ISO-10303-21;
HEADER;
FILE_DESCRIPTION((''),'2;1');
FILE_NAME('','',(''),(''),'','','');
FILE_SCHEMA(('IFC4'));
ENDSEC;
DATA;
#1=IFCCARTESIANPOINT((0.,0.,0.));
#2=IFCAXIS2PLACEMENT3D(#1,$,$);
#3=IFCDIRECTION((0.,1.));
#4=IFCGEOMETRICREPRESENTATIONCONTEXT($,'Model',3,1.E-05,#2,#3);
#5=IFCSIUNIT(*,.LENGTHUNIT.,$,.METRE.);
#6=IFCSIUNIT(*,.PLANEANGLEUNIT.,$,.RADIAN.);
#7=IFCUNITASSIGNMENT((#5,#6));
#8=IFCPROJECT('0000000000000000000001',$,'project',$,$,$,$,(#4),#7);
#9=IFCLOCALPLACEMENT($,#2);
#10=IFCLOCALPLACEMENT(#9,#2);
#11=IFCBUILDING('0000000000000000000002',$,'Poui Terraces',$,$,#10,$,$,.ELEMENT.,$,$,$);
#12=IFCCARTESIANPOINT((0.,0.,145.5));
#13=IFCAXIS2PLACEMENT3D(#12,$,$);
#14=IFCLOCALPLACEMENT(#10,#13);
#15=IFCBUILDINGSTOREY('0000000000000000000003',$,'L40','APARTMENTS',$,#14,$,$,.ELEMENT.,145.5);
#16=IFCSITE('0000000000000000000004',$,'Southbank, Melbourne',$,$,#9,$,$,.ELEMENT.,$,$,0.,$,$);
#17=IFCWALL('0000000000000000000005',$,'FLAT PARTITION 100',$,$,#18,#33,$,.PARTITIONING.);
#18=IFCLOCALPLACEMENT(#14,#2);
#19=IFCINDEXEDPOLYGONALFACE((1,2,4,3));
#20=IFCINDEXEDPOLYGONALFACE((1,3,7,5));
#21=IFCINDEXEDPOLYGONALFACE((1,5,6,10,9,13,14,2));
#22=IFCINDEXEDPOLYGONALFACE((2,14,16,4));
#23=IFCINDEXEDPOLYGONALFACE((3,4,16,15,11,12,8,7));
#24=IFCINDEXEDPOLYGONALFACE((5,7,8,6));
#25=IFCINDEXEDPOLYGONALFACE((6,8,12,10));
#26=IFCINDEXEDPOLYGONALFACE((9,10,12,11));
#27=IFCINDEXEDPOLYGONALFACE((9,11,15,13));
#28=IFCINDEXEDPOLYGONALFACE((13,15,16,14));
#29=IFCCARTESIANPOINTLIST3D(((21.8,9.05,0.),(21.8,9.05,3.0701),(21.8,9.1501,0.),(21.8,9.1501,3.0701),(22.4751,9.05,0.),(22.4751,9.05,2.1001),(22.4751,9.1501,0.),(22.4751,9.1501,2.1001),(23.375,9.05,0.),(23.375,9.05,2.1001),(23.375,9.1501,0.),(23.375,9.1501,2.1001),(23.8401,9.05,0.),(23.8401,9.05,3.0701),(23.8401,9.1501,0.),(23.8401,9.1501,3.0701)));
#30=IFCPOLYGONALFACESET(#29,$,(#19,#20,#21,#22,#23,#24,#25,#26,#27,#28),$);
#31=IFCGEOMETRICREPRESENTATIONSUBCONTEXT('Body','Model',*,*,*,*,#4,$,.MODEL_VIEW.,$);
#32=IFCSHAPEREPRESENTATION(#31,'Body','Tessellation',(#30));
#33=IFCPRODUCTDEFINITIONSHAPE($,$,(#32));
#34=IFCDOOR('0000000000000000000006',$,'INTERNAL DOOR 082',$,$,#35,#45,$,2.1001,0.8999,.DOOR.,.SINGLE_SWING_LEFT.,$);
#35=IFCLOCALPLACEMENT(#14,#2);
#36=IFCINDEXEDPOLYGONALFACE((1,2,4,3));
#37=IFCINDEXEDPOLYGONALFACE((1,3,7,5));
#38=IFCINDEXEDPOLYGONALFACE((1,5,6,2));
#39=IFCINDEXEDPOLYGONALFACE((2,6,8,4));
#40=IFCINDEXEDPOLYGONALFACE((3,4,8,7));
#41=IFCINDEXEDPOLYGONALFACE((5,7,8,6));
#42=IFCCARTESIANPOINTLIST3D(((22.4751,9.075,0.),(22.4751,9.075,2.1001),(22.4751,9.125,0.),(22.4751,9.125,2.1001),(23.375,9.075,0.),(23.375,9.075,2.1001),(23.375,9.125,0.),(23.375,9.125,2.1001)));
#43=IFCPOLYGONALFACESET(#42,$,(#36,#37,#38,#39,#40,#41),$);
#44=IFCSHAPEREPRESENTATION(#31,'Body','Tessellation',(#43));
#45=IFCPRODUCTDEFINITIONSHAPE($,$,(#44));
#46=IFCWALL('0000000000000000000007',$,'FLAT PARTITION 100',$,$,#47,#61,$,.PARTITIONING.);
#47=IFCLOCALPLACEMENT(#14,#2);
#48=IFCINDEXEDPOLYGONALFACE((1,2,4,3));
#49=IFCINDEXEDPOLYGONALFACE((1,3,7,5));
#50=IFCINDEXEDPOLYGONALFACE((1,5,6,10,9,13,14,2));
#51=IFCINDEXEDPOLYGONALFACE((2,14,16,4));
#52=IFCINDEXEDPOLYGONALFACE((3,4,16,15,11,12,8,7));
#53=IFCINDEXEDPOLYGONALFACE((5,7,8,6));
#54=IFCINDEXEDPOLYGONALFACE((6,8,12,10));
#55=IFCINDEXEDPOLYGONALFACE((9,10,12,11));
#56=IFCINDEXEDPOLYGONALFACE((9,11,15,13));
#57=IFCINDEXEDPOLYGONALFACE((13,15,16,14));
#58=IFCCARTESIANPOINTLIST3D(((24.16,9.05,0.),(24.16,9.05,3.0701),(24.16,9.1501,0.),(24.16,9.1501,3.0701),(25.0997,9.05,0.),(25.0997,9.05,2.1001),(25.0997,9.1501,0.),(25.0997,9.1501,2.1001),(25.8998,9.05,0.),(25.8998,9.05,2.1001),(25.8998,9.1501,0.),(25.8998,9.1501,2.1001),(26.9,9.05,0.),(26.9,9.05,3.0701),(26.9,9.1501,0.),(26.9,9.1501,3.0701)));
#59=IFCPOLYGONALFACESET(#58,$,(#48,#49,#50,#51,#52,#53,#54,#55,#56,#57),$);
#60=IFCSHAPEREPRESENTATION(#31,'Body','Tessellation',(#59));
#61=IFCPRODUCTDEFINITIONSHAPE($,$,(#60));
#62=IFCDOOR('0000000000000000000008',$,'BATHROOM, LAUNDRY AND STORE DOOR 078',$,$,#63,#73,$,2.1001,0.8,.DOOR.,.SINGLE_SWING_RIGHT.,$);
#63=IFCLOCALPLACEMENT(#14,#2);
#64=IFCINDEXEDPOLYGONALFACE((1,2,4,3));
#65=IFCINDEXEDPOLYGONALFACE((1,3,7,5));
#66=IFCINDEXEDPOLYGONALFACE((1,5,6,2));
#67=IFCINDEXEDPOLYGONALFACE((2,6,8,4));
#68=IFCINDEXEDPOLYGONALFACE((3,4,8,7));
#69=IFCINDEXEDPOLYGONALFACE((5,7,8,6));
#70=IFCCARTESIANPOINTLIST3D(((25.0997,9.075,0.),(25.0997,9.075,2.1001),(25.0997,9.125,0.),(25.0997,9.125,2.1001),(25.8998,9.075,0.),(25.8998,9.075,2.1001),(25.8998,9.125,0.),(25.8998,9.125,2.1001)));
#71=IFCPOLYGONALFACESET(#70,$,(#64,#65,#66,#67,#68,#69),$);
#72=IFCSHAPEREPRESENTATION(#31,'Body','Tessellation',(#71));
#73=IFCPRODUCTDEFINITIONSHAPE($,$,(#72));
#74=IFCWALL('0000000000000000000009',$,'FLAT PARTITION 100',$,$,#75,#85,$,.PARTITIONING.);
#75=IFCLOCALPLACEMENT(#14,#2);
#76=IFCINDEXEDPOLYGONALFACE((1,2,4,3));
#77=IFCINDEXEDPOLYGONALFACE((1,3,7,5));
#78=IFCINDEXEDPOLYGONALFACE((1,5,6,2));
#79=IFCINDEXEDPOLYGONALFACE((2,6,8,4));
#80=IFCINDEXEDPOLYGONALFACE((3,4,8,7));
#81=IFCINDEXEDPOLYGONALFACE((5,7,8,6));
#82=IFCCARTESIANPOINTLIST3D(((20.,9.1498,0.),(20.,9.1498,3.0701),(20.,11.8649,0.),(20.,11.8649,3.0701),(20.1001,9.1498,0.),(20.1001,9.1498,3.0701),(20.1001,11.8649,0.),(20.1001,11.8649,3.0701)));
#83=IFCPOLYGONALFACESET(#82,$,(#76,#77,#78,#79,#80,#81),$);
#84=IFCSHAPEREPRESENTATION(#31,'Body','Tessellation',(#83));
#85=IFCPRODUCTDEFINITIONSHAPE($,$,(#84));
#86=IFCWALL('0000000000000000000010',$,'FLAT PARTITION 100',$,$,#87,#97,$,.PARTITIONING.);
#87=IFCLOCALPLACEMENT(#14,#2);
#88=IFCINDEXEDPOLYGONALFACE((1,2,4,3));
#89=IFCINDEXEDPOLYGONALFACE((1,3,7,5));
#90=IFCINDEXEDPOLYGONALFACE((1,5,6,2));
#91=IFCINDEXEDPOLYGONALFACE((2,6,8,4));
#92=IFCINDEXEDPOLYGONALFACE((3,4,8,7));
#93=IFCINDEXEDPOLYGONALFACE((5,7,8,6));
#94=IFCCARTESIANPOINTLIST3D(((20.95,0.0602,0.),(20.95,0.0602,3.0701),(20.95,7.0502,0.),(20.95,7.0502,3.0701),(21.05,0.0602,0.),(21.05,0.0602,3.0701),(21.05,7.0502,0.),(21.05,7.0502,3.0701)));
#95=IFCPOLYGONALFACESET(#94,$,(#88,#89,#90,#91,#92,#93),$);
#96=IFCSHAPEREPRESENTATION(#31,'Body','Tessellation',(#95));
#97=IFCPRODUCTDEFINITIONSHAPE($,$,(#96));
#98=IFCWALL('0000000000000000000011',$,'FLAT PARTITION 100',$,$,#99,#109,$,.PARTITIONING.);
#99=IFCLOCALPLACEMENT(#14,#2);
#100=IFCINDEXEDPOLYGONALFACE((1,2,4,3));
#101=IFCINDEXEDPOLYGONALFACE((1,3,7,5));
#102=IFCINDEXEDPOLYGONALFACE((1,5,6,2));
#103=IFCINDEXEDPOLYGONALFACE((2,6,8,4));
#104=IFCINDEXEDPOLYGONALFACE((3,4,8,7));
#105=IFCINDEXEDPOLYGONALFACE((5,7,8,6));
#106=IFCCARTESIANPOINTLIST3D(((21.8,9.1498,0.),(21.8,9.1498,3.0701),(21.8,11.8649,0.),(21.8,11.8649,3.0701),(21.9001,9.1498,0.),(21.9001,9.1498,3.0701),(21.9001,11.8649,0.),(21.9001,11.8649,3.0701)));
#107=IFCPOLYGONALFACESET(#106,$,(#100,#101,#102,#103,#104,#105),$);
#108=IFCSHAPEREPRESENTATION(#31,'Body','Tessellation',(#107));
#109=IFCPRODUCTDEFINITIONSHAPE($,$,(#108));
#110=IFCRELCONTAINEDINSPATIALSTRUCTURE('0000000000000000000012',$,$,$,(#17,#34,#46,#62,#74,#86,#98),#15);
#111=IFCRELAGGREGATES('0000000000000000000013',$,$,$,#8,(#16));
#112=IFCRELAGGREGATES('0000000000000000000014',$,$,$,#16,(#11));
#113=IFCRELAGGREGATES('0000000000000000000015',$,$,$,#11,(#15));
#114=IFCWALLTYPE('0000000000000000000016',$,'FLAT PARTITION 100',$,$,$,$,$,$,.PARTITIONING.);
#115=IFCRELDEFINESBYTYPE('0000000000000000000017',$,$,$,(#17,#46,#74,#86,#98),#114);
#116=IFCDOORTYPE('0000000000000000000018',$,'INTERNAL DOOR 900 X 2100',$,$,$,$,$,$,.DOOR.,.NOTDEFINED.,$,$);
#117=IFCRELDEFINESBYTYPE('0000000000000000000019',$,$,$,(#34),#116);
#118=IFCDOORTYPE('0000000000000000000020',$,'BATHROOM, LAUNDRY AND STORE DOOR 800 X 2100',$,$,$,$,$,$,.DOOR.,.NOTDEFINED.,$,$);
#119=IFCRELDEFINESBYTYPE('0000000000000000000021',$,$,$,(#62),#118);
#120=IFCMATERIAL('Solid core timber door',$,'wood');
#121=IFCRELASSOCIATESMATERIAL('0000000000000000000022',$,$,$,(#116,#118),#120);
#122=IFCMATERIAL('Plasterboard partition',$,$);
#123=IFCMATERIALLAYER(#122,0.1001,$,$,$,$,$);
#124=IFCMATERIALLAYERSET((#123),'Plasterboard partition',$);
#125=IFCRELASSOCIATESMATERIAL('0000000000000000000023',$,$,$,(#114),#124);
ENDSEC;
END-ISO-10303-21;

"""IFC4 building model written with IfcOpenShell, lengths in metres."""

from ifc_helpers import new_model, si_unit, direction, frame, frame_2d, origin, place, context, subcontext, project, spatial, rectangle, extrude, material, layer, layer_set, type_object, element, fill, save


model = new_model("IFC4")

# Units and contexts
model_context = context("Model", 3, precision=1e-05, world=origin(), true_north=direction((0.0, 1.0)))
body_context = subcontext(model_context, "Body", "Model", "MODEL_VIEW")
ifc_project = project(units=[si_unit("LENGTHUNIT", "METRE"), si_unit("PLANEANGLEUNIT", "RADIAN")], contexts=[model_context])

# Site, building, storey
site_placement = place(None, origin())
site = spatial("IfcSite", under=ifc_project, at=site_placement, Name="Southbank, Melbourne", CompositionType="ELEMENT", RefElevation=0.0)
building_placement = place(site_placement, origin())
building = spatial("IfcBuilding", under=site, at=building_placement, Name="Poui Terraces", CompositionType="ELEMENT")
storey_placement = place(building_placement, frame((0.0, 0.0, 145.5)))
storey = spatial("IfcBuildingStorey", under=building, at=storey_placement, Name="L40", Description="APARTMENTS", CompositionType="ELEMENT", Elevation=145.5)

# Walls, openings, doors
ifc_material_1 = material(Name="Solid core timber door", Category="wood")
door_type_1 = type_object("IfcDoorType", Name="INTERNAL DOOR 900 X 2100", OperationType="NOTDEFINED", PredefinedType="DOOR", material=ifc_material_1)
ifc_material_2 = material(Name="Plasterboard partition")
ifc_layer_1 = layer(ifc_material_2, 0.1001)
ifc_layer_set_1 = layer_set([ifc_layer_1], Name="Plasterboard partition")
wall_type_1 = type_object("IfcWallType", Name="FLAT PARTITION 100", PredefinedType="PARTITIONING", material=ifc_layer_set_1)
door_type_2 = type_object("IfcDoorType", Name="BATHROOM, LAUNDRY AND STORE DOOR 800 X 2100", OperationType="NOTDEFINED", PredefinedType="DOOR", material=ifc_material_1)
wall_1_placement = place(storey_placement, frame((21.8, 9.1001, 0.0), z_axis=(0.0, 0.0, 1.0), x_axis=(1.0, 0.0, 0.0)))
wall_1 = element("IfcWall", 1, at=wall_1_placement, inside=storey, type_object=wall_type_1, Name="FLAT PARTITION 100", PredefinedType="PARTITIONING", context=body_context, shape_type="SweptSolid", body=[
    extrude(rectangle(XDim=2.04, YDim=0.1001, at=frame_2d((1.02, 0.0))), origin(), (0.0, 0.0, 1.0), 3.0701),
])
opening_1_placement = place(wall_1_placement, frame((0.675, 0.0, 0.0)))
opening_1 = element("IfcOpeningElement", 2, at=opening_1_placement, cuts=wall_1, PredefinedType="OPENING", context=body_context, shape_type="SweptSolid", body=[
    extrude(rectangle(XDim=0.8999, YDim=2.1001, at=frame_2d((0.45, 1.05))), frame((0.0, 0.0601, 0.0), z_axis=(0.0, -1.0, 0.0), x_axis=(1.0, 0.0, 0.0)), (0.0, 0.0, 1.0), 0.1201),
])
door_1_placement = place(opening_1_placement, origin())
door_1 = element("IfcDoor", 3, at=door_1_placement, inside=storey, type_object=door_type_1, Name="INTERNAL DOOR 082", OperationType="SINGLE_SWING_LEFT", OverallHeight=2.1001, OverallWidth=0.8999, PredefinedType="DOOR", context=body_context, shape_type="SweptSolid", body=[
    extrude(rectangle(XDim=0.8999, YDim=2.1001, at=frame_2d((0.45, 1.05))), frame((0.0, 0.0249, 0.0), z_axis=(0.0, -1.0, 0.0), x_axis=(1.0, 0.0, 0.0)), (0.0, 0.0, 1.0), 0.05),
])
fill(opening_1, door_1)
wall_2_placement = place(storey_placement, frame((24.1599, 9.1001, 0.0), z_axis=(0.0, 0.0, 1.0), x_axis=(1.0, 0.0, 0.0)))
wall_2 = element("IfcWall", 4, at=wall_2_placement, inside=storey, type_object=wall_type_1, Name="FLAT PARTITION 100", PredefinedType="PARTITIONING", context=body_context, shape_type="SweptSolid", body=[
    extrude(rectangle(XDim=2.74, YDim=0.1001, at=frame_2d((1.3701, 0.0))), origin(), (0.0, 0.0, 1.0), 3.0701),
])
opening_2_placement = place(wall_2_placement, frame((0.9399, 0.0, 0.0)))
opening_2 = element("IfcOpeningElement", 5, at=opening_2_placement, cuts=wall_2, PredefinedType="OPENING", context=body_context, shape_type="SweptSolid", body=[
    extrude(rectangle(XDim=0.8, YDim=2.1001, at=frame_2d((0.3999, 1.05))), frame((0.0, 0.0601, 0.0), z_axis=(0.0, -1.0, 0.0), x_axis=(1.0, 0.0, 0.0)), (0.0, 0.0, 1.0), 0.1201),
])
door_2_placement = place(opening_2_placement, origin())
door_2 = element("IfcDoor", 6, at=door_2_placement, inside=storey, type_object=door_type_2, Name="BATHROOM, LAUNDRY AND STORE DOOR 078", OperationType="SINGLE_SWING_RIGHT", OverallHeight=2.1001, OverallWidth=0.8, PredefinedType="DOOR", context=body_context, shape_type="SweptSolid", body=[
    extrude(rectangle(XDim=0.8, YDim=2.1001, at=frame_2d((0.3999, 1.05))), frame((0.0, 0.0249, 0.0), z_axis=(0.0, -1.0, 0.0), x_axis=(1.0, 0.0, 0.0)), (0.0, 0.0, 1.0), 0.05),
])
fill(opening_2, door_2)

# Walls
wall_3_placement = place(storey_placement, frame((20.05, 9.1499, 0.0), z_axis=(0.0, 0.0, 1.0), x_axis=(0.0, 1.0, 0.0)))
element("IfcWall", 7, at=wall_3_placement, inside=storey, type_object=wall_type_1, Name="FLAT PARTITION 100", PredefinedType="PARTITIONING", context=body_context, shape_type="SweptSolid", body=[
    extrude(rectangle(XDim=2.7151, YDim=0.1001, at=frame_2d((1.3574, 0.0))), origin(), (0.0, 0.0, 1.0), 3.0701),
])
wall_4_placement = place(storey_placement, frame((21.0, 0.0601, 0.0), z_axis=(0.0, 0.0, 1.0), x_axis=(0.0, 1.0, 0.0)))
element("IfcWall", 8, at=wall_4_placement, inside=storey, type_object=wall_type_1, Name="FLAT PARTITION 100", PredefinedType="PARTITIONING", context=body_context, shape_type="SweptSolid", body=[
    extrude(rectangle(XDim=6.99, YDim=0.1001, at=frame_2d((3.4951, 0.0))), origin(), (0.0, 0.0, 1.0), 3.0701),
])
wall_5_placement = place(storey_placement, frame((21.8501, 9.1499, 0.0), z_axis=(0.0, 0.0, 1.0), x_axis=(0.0, 1.0, 0.0)))
element("IfcWall", 9, at=wall_5_placement, inside=storey, type_object=wall_type_1, Name="FLAT PARTITION 100", PredefinedType="PARTITIONING", context=body_context, shape_type="SweptSolid", body=[
    extrude(rectangle(XDim=2.7151, YDim=0.1001, at=frame_2d((1.3574, 0.0))), origin(), (0.0, 0.0, 1.0), 3.0701),
])

save(model, "model.ifc")
